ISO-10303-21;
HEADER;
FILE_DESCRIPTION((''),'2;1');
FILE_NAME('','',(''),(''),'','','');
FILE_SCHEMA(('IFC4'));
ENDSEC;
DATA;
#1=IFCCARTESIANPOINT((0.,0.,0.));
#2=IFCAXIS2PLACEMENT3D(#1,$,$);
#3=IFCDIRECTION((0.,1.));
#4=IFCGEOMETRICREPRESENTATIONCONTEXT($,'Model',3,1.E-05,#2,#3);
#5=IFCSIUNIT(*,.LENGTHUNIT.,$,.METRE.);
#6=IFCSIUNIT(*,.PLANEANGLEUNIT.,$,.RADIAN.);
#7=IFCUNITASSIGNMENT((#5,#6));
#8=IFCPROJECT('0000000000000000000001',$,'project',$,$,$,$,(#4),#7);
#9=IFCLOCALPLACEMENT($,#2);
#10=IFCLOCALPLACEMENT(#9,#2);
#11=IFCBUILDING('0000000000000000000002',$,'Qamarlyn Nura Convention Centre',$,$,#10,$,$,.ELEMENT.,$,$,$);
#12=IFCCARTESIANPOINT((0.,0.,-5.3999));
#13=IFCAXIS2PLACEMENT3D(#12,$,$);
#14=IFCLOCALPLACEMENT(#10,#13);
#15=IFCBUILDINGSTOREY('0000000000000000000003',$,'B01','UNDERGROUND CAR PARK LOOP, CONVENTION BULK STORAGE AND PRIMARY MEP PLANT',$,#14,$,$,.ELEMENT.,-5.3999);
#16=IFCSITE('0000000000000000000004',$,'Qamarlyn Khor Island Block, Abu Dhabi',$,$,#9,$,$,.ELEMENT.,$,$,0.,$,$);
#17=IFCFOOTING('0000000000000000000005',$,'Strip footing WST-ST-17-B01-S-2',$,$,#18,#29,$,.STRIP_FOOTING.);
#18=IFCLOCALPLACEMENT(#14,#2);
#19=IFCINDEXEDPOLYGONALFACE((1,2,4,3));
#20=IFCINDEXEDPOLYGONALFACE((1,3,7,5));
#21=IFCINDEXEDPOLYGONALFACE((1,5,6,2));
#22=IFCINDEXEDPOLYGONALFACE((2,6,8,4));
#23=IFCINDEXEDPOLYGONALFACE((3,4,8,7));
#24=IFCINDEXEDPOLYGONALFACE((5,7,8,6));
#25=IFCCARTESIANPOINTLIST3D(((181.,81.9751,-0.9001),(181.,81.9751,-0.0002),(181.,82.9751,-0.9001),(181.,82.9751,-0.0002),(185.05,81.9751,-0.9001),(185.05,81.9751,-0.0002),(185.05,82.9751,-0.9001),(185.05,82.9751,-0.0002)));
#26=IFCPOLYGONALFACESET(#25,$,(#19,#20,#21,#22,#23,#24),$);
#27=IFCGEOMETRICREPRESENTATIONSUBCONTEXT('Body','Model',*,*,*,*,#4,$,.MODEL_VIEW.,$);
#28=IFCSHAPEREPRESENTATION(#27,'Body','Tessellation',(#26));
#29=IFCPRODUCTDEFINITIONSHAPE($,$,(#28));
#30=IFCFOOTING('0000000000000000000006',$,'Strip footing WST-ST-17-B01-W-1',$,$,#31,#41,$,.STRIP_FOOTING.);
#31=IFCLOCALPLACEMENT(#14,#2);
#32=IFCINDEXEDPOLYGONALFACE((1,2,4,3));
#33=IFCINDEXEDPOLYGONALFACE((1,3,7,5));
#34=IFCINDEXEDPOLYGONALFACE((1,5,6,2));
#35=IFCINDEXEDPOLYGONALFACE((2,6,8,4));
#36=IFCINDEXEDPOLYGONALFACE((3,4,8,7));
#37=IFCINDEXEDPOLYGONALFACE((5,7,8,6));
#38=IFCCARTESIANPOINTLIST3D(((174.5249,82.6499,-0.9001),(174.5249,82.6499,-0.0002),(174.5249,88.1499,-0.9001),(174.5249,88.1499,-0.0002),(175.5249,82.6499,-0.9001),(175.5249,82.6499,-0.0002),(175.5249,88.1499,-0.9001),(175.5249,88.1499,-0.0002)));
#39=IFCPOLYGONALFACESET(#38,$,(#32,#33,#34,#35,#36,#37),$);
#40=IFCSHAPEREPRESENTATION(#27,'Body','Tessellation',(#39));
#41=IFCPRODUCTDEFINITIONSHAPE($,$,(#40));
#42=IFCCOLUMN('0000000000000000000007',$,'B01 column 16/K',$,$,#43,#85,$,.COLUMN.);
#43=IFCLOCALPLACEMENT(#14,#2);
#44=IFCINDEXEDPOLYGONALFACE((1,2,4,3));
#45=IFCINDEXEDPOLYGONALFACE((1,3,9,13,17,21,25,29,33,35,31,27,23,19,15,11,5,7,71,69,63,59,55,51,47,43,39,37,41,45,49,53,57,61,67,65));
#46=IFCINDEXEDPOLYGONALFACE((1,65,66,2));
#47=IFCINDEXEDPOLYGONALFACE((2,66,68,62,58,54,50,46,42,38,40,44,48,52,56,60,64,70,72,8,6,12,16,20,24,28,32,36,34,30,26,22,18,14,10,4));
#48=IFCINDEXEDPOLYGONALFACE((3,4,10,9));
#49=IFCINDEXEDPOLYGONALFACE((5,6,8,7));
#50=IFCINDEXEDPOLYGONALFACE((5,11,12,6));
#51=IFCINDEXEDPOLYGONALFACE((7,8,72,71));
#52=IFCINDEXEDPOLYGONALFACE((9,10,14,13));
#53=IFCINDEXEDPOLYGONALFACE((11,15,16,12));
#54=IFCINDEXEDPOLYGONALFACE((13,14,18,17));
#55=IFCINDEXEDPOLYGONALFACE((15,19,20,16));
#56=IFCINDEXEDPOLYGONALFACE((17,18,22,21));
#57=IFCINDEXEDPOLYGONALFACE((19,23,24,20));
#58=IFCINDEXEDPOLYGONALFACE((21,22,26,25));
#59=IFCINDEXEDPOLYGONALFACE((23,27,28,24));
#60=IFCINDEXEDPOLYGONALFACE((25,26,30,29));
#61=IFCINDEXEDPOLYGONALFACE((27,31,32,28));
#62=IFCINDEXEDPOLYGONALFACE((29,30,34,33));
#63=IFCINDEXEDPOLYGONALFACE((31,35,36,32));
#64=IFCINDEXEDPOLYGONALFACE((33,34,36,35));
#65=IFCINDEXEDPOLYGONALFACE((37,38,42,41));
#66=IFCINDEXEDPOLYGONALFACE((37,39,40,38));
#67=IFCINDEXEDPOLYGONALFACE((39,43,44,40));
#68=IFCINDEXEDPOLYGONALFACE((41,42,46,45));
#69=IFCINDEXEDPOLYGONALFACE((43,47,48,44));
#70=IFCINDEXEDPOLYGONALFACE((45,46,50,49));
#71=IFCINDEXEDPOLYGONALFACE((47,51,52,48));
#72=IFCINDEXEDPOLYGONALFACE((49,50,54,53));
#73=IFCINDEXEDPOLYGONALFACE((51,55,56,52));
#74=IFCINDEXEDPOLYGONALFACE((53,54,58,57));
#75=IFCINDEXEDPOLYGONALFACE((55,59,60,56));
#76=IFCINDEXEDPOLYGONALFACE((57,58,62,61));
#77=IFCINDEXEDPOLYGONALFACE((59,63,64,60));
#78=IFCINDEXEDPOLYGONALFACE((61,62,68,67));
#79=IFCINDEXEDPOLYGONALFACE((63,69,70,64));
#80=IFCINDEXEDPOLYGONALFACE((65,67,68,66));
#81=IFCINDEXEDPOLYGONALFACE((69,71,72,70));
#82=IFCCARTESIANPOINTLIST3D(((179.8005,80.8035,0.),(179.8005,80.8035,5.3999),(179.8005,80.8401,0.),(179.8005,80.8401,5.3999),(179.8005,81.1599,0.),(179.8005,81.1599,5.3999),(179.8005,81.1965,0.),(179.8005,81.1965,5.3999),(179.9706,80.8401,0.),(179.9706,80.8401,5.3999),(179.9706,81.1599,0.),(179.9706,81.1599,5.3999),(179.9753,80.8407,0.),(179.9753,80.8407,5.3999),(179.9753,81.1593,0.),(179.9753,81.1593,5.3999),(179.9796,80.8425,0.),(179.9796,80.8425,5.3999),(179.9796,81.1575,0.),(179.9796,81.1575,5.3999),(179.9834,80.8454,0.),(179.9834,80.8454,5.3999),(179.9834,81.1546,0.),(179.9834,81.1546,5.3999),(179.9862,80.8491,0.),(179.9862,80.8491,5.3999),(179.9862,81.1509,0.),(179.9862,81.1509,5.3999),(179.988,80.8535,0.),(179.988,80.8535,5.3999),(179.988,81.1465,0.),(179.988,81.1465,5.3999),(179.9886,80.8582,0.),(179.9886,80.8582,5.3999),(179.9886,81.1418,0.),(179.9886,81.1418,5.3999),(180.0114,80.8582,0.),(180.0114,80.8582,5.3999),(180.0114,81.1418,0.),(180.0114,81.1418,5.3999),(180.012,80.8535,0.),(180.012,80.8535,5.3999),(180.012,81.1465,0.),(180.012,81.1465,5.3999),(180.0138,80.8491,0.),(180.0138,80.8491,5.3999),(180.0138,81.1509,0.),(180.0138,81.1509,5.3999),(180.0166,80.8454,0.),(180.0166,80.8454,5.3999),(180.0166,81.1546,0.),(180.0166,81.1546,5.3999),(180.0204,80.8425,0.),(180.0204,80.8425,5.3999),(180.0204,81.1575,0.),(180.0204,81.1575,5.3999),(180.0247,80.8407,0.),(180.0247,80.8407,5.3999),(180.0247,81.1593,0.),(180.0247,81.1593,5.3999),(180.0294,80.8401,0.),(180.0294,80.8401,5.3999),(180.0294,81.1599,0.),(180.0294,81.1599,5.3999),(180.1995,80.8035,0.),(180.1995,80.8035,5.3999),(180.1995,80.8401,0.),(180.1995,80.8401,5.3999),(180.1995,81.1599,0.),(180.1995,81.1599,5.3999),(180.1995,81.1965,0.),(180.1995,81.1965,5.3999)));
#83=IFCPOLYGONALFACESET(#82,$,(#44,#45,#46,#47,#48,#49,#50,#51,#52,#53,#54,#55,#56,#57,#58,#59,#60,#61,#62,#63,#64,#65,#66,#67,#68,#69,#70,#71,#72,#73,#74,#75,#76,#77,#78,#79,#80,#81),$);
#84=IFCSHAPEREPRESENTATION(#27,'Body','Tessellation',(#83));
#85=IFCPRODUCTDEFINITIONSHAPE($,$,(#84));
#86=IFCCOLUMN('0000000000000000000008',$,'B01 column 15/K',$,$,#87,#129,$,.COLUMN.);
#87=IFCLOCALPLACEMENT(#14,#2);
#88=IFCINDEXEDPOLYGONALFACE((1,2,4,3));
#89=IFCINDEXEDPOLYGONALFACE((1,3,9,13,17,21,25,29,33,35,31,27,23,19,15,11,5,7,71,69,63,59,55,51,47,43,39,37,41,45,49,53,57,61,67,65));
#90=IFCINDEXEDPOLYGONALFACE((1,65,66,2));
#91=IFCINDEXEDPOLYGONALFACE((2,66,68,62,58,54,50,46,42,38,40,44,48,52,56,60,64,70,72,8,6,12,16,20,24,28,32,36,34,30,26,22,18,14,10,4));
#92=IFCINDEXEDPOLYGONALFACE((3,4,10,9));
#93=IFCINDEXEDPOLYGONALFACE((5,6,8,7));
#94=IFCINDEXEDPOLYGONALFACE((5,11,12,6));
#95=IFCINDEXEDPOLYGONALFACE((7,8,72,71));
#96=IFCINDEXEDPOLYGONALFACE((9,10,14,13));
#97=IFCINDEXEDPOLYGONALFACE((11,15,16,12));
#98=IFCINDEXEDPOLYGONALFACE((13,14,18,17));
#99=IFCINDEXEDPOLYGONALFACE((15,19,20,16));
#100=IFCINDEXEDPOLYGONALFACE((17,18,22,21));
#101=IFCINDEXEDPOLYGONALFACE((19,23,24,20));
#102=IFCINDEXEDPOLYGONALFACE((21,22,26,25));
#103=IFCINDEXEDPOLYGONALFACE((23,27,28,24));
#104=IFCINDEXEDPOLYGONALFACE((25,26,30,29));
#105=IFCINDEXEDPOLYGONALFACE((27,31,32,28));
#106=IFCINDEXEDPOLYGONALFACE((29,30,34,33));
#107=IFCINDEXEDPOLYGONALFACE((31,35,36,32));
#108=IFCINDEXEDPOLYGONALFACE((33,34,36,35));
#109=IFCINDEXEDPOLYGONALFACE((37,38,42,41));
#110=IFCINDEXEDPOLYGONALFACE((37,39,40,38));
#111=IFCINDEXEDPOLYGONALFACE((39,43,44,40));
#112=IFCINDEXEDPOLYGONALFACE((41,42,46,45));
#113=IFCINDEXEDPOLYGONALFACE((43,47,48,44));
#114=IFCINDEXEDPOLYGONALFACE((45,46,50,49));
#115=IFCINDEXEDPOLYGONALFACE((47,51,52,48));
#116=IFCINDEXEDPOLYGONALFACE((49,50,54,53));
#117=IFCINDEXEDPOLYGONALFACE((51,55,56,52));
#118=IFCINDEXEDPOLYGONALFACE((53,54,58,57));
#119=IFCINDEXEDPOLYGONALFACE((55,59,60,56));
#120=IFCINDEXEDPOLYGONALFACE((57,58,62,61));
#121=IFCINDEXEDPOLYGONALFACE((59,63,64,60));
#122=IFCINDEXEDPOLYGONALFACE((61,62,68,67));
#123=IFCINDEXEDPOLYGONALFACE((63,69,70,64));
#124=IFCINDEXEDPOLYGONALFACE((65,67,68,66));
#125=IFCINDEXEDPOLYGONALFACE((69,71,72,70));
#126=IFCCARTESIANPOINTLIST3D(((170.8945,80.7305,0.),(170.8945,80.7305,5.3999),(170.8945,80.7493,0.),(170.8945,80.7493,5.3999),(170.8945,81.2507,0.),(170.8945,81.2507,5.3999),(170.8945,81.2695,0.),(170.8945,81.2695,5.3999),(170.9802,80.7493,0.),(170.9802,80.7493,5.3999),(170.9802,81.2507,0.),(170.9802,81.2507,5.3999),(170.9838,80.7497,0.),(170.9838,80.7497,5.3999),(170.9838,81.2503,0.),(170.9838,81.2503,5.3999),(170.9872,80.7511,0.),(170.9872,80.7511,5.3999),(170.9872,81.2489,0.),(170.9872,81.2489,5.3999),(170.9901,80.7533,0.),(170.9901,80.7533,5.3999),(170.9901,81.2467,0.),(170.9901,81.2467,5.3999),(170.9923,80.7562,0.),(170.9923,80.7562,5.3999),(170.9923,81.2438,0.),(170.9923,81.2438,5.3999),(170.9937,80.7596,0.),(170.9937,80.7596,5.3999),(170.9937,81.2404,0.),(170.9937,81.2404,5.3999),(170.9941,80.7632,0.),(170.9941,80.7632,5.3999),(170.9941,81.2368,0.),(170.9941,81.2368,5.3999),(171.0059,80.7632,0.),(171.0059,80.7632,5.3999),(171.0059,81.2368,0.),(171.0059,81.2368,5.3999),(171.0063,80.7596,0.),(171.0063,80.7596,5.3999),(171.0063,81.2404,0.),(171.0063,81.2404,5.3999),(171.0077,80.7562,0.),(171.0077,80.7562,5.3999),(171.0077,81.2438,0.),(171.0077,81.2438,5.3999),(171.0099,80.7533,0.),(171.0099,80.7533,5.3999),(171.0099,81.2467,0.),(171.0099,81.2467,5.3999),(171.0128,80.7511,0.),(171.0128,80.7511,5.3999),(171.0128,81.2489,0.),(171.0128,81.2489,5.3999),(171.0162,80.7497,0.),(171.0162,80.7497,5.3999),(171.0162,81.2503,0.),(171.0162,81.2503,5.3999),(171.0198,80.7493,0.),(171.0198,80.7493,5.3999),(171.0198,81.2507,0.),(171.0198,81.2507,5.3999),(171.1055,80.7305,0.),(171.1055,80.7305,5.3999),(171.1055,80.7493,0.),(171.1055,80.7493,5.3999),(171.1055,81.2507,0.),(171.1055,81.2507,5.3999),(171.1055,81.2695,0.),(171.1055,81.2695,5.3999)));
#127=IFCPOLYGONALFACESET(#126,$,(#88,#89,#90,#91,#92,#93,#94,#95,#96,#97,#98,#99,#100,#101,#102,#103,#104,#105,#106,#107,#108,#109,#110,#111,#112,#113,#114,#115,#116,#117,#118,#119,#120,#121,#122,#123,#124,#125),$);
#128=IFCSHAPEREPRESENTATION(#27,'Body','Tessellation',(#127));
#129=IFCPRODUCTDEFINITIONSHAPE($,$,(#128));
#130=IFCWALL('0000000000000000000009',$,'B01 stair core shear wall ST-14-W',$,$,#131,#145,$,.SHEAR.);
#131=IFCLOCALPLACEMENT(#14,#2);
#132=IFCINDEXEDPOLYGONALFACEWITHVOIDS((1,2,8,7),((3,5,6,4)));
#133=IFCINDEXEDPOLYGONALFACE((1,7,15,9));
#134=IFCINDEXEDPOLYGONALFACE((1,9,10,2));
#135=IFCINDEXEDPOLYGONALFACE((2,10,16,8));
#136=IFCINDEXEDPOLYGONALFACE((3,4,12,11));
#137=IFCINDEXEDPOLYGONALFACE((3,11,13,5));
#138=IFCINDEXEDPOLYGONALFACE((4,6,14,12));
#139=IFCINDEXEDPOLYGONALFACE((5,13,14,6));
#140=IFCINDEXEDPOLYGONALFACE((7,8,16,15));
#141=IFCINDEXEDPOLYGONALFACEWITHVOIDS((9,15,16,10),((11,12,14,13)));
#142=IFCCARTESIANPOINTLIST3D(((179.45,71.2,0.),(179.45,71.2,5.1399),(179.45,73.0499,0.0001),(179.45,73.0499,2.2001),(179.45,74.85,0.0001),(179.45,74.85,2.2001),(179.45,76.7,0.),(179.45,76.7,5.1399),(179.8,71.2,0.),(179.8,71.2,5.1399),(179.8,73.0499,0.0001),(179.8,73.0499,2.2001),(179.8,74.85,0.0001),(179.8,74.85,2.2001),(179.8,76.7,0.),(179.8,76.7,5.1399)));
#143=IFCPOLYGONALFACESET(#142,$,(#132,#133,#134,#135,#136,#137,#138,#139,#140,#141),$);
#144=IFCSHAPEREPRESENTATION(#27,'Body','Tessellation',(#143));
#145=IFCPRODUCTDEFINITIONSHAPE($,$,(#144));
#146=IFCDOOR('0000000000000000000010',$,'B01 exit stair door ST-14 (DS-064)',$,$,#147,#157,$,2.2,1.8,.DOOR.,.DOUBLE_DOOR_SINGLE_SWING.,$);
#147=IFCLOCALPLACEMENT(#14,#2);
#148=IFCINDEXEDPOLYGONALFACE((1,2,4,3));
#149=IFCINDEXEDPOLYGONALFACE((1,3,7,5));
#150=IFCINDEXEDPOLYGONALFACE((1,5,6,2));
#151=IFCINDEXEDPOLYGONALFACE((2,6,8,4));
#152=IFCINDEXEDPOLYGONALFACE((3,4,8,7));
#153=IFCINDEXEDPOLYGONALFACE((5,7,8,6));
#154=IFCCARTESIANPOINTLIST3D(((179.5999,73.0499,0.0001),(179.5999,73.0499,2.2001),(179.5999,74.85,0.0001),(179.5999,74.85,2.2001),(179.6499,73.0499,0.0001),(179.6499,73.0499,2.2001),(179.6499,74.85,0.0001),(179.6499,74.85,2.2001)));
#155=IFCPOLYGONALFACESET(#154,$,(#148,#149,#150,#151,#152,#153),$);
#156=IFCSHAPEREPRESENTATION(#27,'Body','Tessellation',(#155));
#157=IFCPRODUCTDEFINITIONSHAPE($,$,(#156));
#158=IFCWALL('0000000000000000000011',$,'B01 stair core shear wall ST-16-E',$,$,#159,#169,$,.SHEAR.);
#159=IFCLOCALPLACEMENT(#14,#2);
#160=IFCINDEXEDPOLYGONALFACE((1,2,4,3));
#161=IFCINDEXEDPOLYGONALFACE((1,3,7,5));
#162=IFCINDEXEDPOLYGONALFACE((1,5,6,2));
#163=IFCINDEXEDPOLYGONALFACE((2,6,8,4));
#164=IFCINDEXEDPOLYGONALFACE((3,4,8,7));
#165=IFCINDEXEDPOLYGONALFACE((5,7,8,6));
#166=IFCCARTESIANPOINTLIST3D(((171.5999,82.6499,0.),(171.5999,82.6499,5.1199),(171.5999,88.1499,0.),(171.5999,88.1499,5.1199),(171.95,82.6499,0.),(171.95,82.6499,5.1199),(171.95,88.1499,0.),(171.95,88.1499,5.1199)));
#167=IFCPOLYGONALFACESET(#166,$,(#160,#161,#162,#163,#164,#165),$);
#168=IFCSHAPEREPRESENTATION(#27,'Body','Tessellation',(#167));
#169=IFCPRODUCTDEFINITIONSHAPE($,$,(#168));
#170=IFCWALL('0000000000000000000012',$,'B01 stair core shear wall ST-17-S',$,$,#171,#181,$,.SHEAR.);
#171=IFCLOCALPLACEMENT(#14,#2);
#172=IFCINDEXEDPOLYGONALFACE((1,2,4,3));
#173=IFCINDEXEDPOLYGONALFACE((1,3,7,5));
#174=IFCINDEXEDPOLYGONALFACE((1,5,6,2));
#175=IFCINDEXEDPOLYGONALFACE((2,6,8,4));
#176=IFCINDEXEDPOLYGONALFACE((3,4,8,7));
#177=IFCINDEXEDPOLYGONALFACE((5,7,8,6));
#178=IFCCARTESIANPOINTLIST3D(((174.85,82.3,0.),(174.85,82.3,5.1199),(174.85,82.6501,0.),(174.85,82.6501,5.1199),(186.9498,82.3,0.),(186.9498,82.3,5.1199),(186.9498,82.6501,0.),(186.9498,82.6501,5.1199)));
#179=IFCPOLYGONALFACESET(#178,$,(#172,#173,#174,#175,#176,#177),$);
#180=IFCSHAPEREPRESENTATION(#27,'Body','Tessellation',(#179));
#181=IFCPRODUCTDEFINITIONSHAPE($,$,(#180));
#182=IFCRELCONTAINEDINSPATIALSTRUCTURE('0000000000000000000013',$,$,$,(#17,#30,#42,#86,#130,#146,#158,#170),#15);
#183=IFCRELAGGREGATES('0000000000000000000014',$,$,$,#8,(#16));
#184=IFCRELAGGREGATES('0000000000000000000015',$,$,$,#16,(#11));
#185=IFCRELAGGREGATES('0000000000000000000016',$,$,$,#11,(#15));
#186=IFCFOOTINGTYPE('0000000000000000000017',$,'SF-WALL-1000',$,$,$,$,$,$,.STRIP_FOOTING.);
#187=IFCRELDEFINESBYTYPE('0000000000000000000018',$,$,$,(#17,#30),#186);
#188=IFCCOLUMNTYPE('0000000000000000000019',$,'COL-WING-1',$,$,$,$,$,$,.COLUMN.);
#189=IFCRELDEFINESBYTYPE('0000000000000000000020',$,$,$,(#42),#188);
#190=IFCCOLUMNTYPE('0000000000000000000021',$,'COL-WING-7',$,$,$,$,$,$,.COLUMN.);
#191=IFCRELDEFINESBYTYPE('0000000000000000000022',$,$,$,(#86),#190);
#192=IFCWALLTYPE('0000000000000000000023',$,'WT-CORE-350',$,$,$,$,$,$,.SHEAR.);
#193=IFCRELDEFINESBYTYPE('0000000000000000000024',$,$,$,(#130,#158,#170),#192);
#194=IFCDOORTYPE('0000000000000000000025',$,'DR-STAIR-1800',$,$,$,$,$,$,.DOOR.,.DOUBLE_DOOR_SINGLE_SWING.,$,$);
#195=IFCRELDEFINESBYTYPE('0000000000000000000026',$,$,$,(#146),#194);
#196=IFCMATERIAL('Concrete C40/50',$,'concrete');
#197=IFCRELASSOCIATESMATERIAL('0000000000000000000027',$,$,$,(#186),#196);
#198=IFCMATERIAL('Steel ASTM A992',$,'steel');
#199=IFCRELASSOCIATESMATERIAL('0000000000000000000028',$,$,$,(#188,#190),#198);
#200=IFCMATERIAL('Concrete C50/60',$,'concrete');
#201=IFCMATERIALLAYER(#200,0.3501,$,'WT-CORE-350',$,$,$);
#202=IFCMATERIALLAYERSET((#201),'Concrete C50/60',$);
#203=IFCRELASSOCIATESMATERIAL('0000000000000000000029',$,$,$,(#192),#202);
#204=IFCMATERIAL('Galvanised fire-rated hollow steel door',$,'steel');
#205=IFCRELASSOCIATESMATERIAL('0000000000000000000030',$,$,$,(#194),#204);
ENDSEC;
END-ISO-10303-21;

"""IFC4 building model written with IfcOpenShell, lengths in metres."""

from ifc_helpers import new_model, si_unit, direction, frame, frame_2d, origin, origin_2d, place, context, subcontext, project, spatial, rectangle, i_section, extrude, material, layer, layer_set, material_profile, profile_set, type_object, element, fill, save


model = new_model("IFC4")

# Units and contexts
model_context = context("Model", 3, precision=1e-05, world=origin(), true_north=direction((0.0, 1.0)))
body_context = subcontext(model_context, "Body", "Model", "MODEL_VIEW")
ifc_project = project(units=[si_unit("LENGTHUNIT", "METRE"), si_unit("PLANEANGLEUNIT", "RADIAN")], contexts=[model_context])

# Site, building, storey
site_placement = place(None, origin())
site = spatial("IfcSite", under=ifc_project, at=site_placement, Name="Qamarlyn Khor Island Block, Abu Dhabi", CompositionType="ELEMENT", RefElevation=0.0)
building_placement = place(site_placement, origin())
building = spatial("IfcBuilding", under=site, at=building_placement, Name="Qamarlyn Nura Convention Centre", CompositionType="ELEMENT")
storey_placement = place(building_placement, frame((0.0, 0.0, -5.3999)))
storey = spatial("IfcBuildingStorey", under=building, at=storey_placement, Name="B01", Description="UNDERGROUND CAR PARK LOOP, CONVENTION BULK STORAGE AND PRIMARY MEP PLANT", CompositionType="ELEMENT", Elevation=-5.3999)

# Shared definitions
ifc_material_1 = material(Name="Concrete C40/50", Category="concrete")

# Footings
ifc_material_profile_1 = material_profile(ifc_material_1, rectangle(XDim=1.0, YDim=0.8999, at=origin_2d()), Name="RC STRIP 1000x900")
ifc_profile_set_1 = profile_set([ifc_material_profile_1], Name="Concrete C40/50")
footing_type_1 = type_object("IfcFootingType", Name="SF-WALL-1000", PredefinedType="STRIP_FOOTING", material=ifc_profile_set_1)
footing_1_placement = place(storey_placement, frame((181.0, 82.4751, -0.4502), z_axis=(1.0, 0.0, 0.0), x_axis=(0.0, 1.0, 0.0)))
element("IfcFooting", 1, at=footing_1_placement, inside=storey, type_object=footing_type_1, Name="Strip footing WST-ST-17-B01-S-2", PredefinedType="STRIP_FOOTING", context=body_context, shape_type="SweptSolid", body=[
    extrude(rectangle(XDim=1.0, YDim=0.8999, at=origin_2d()), origin(), (0.0, 0.0, 1.0), 4.05),
])
footing_2_placement = place(storey_placement, frame((175.0249, 88.1499, -0.4502), z_axis=(0.0, -1.0, 0.0), x_axis=(1.0, 0.0, 0.0)))
element("IfcFooting", 2, at=footing_2_placement, inside=storey, type_object=footing_type_1, Name="Strip footing WST-ST-17-B01-W-1", PredefinedType="STRIP_FOOTING", context=body_context, shape_type="SweptSolid", body=[
    extrude(rectangle(XDim=1.0, YDim=0.8999, at=origin_2d()), origin(), (0.0, 0.0, 1.0), 5.5),
])

# Columns
ifc_material_2 = material(Name="Steel ASTM A992", Category="steel")
ifc_material_profile_2 = material_profile(ifc_material_2, i_section(OverallWidth=0.3989, OverallDepth=0.3931, WebThickness=0.0227, FlangeThickness=0.0366, FilletRadius=0.0181, at=origin_2d()), Name="W360X287")
ifc_profile_set_2 = profile_set([ifc_material_profile_2], Name="Steel ASTM A992")
column_type_1 = type_object("IfcColumnType", Name="COL-WING-1", PredefinedType="COLUMN", material=ifc_profile_set_2)
column_1_placement = place(storey_placement, frame((180.0, 81.0, 0.0), z_axis=(0.0, 0.0, 1.0), x_axis=(1.0, 0.0, 0.0)))
element("IfcColumn", 3, at=column_1_placement, inside=storey, type_object=column_type_1, Name="B01 column 16/K", PredefinedType="COLUMN", context=body_context, shape_type="SweptSolid", body=[
    extrude(i_section(OverallWidth=0.3989, OverallDepth=0.3931, WebThickness=0.0227, FlangeThickness=0.0366, FilletRadius=0.0181, at=origin_2d()), origin(), (0.0, 0.0, 1.0), 5.3999),
])
ifc_material_profile_3 = material_profile(ifc_material_2, i_section(OverallWidth=0.2109, OverallDepth=0.5391, WebThickness=0.0117, FlangeThickness=0.0188, FilletRadius=0.0139, at=origin_2d()), Name="W530X109")
ifc_profile_set_3 = profile_set([ifc_material_profile_3], Name="Steel ASTM A992")
column_type_2 = type_object("IfcColumnType", Name="COL-WING-7", PredefinedType="COLUMN", material=ifc_profile_set_3)
column_2_placement = place(storey_placement, frame((171.0, 81.0, 0.0), z_axis=(0.0, 0.0, 1.0), x_axis=(1.0, 0.0, 0.0)))
element("IfcColumn", 4, at=column_2_placement, inside=storey, type_object=column_type_2, Name="B01 column 15/K", PredefinedType="COLUMN", context=body_context, shape_type="SweptSolid", body=[
    extrude(i_section(OverallWidth=0.2109, OverallDepth=0.5391, WebThickness=0.0117, FlangeThickness=0.0188, FilletRadius=0.0139, at=origin_2d()), origin(), (0.0, 0.0, 1.0), 5.3999),
])

# Wall, opening, door
ifc_material_3 = material(Name="Concrete C50/60", Category="concrete")
ifc_layer = layer(ifc_material_3, 0.3501, Name="WT-CORE-350")
ifc_layer_set = layer_set([ifc_layer], Name="Concrete C50/60")
wall_type = type_object("IfcWallType", Name="WT-CORE-350", PredefinedType="SHEAR", material=ifc_layer_set)
wall_1_placement = place(storey_placement, frame((179.625, 76.7, 0.0), z_axis=(0.0, 0.0, 1.0), x_axis=(0.0, -1.0, 0.0)))
wall_1 = element("IfcWall", 5, at=wall_1_placement, inside=storey, type_object=wall_type, Name="B01 stair core shear wall ST-14-W", PredefinedType="SHEAR", context=body_context, shape_type="SweptSolid", body=[
    extrude(rectangle(XDim=5.5, YDim=0.3501, at=frame_2d((2.75, 0.0))), origin(), (0.0, 0.0, 1.0), 5.1399),
])
opening_1_placement = place(wall_1_placement, frame((1.8501, 0.0, 0.0)))
opening_1 = element("IfcOpeningElement", 6, at=opening_1_placement, cuts=wall_1, PredefinedType="OPENING", context=body_context, shape_type="SweptSolid", body=[
    extrude(rectangle(XDim=1.8, YDim=2.2, at=frame_2d((0.8999, 1.1001))), frame((0.0, 0.1851, 0.0), z_axis=(0.0, -1.0, 0.0), x_axis=(1.0, 0.0, 0.0)), (0.0, 0.0, 1.0), 0.3701),
])
ifc_material_4 = material(Name="Galvanised fire-rated hollow steel door", Category="steel")
door_type = type_object("IfcDoorType", Name="DR-STAIR-1800", OperationType="DOUBLE_DOOR_SINGLE_SWING", PredefinedType="DOOR", material=ifc_material_4)
door_1_placement = place(opening_1_placement, origin())
door_1 = element("IfcDoor", 7, at=door_1_placement, inside=storey, type_object=door_type, Name="B01 exit stair door ST-14 (DS-064)", OperationType="DOUBLE_DOOR_SINGLE_SWING", OverallHeight=2.2, OverallWidth=1.8, PredefinedType="DOOR", context=body_context, shape_type="SweptSolid", body=[
    extrude(rectangle(XDim=1.8, YDim=2.2, at=frame_2d((0.8999, 1.1001))), frame((0.0, 0.0249, 0.0), z_axis=(0.0, -1.0, 0.0), x_axis=(1.0, 0.0, 0.0)), (0.0, 0.0, 1.0), 0.05),
])
fill(opening_1, door_1)

# Walls
wall_2_placement = place(storey_placement, frame((171.7749, 82.6499, 0.0), z_axis=(0.0, 0.0, 1.0), x_axis=(0.0, 1.0, 0.0)))
element("IfcWall", 8, at=wall_2_placement, inside=storey, type_object=wall_type, Name="B01 stair core shear wall ST-16-E", PredefinedType="SHEAR", context=body_context, shape_type="SweptSolid", body=[
    extrude(rectangle(XDim=5.5, YDim=0.3501, at=frame_2d((2.75, 0.0))), origin(), (0.0, 0.0, 1.0), 5.1199),
])
wall_3_placement = place(storey_placement, frame((174.8501, 82.4751, 0.0), z_axis=(0.0, 0.0, 1.0), x_axis=(1.0, 0.0, 0.0)))
element("IfcWall", 9, at=wall_3_placement, inside=storey, type_object=wall_type, Name="B01 stair core shear wall ST-17-S", PredefinedType="SHEAR", context=body_context, shape_type="SweptSolid", body=[
    extrude(rectangle(XDim=12.0999, YDim=0.3501, at=frame_2d((6.0498, 0.0))), origin(), (0.0, 0.0, 1.0), 5.1199),
])

save(model, "model.ifc")
